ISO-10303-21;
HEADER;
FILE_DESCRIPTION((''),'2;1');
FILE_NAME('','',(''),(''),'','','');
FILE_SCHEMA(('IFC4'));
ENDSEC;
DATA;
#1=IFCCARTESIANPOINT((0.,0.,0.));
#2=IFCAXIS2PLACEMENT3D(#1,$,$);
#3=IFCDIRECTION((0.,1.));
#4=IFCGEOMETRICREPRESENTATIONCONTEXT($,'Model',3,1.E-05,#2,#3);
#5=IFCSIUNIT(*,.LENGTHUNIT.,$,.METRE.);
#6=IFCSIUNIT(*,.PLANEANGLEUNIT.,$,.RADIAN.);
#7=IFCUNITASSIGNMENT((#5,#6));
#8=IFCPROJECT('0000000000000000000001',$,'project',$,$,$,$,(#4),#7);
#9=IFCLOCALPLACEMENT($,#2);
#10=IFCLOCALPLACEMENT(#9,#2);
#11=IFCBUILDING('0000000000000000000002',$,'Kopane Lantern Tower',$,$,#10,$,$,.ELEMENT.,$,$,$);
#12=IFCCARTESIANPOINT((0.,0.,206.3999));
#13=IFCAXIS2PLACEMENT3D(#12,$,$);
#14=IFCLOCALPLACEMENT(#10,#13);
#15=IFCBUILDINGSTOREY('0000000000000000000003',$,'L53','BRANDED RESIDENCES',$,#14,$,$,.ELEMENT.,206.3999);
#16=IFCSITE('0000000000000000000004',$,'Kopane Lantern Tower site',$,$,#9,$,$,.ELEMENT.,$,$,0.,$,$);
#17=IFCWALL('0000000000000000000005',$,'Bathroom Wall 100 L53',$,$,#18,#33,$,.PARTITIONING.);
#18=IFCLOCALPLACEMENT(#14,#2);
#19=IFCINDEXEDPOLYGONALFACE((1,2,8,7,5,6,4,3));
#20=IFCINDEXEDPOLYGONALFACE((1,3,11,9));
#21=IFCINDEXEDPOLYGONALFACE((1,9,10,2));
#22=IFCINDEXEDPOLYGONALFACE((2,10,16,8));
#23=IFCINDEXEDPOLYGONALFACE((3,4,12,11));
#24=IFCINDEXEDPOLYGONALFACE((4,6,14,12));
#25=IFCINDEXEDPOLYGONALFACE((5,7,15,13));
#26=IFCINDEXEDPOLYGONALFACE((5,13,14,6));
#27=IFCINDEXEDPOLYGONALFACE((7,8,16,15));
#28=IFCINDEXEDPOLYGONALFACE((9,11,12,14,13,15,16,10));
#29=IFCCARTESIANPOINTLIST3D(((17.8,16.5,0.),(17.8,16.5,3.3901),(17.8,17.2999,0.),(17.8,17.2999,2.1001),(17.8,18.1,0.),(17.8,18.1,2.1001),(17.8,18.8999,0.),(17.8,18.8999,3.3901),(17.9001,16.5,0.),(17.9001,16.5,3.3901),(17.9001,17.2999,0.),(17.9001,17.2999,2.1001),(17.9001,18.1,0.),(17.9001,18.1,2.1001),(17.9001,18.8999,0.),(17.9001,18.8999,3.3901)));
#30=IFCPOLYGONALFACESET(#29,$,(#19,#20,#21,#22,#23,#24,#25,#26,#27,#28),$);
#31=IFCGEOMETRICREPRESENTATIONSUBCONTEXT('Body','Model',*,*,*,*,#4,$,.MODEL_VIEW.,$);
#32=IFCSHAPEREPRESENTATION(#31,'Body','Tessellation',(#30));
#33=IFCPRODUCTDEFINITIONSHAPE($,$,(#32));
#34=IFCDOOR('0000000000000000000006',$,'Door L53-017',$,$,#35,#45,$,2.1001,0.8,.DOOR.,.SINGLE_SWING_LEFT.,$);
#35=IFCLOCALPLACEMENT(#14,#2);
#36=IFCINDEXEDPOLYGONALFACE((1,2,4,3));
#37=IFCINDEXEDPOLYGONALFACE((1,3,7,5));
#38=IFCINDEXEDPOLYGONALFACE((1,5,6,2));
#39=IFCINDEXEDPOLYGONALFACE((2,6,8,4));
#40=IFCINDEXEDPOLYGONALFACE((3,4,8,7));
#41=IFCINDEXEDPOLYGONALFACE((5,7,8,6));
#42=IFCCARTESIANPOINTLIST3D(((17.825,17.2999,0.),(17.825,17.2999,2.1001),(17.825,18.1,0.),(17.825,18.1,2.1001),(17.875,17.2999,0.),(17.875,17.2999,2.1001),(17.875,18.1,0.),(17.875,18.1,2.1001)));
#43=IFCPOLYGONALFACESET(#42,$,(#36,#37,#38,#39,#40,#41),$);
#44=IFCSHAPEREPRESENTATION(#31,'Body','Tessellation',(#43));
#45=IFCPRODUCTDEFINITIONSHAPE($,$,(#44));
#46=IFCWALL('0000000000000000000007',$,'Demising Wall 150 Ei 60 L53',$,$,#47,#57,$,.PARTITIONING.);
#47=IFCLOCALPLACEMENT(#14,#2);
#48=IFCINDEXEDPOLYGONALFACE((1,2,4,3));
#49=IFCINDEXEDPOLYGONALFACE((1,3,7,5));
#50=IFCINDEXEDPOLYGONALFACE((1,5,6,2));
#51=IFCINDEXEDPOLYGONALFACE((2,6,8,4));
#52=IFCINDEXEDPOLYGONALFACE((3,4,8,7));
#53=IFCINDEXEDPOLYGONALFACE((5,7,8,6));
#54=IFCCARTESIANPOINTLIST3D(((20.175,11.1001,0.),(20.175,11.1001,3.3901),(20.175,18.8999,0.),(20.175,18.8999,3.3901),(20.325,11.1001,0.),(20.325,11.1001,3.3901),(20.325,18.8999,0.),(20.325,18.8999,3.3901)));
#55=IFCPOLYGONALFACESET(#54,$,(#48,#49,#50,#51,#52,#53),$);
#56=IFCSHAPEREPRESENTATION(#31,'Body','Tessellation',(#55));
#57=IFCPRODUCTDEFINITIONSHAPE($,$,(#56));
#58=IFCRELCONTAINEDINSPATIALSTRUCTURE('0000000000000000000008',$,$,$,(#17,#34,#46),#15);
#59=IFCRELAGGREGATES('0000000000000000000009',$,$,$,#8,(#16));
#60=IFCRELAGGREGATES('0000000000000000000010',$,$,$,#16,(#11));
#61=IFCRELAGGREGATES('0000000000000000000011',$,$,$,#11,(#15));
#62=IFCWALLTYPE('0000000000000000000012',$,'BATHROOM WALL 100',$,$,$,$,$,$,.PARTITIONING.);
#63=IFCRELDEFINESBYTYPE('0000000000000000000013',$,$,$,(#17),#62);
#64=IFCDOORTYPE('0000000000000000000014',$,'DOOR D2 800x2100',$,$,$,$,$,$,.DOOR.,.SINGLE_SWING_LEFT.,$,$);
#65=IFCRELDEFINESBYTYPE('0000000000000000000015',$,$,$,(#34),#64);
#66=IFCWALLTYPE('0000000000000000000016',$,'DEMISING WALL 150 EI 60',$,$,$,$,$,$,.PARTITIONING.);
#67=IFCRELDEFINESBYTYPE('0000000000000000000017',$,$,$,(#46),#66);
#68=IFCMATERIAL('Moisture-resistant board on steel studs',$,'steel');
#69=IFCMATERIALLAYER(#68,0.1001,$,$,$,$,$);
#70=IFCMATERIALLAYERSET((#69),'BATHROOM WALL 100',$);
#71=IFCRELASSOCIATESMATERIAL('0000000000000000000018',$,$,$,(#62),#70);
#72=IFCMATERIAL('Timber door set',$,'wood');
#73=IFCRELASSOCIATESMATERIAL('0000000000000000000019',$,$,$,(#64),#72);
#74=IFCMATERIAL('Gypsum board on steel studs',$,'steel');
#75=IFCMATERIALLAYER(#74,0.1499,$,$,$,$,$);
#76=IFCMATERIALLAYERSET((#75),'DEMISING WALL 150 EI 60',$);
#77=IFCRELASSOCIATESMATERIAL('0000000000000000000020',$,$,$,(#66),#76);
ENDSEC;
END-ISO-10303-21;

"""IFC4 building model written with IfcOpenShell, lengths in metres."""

from ifc_helpers import new_model, si_unit, direction, frame, frame_2d, origin, place, context, subcontext, project, spatial, rectangle, extrude, material, layer, layer_set, type_object, element, fill, save


model = new_model("IFC4")

# Units and contexts
model_context = context("Model", 3, precision=1e-05, world=origin(), true_north=direction((0.0, 1.0)))
body_context = subcontext(model_context, "Body", "Model", "MODEL_VIEW")
ifc_project = project(units=[si_unit("LENGTHUNIT", "METRE"), si_unit("PLANEANGLEUNIT", "RADIAN")], contexts=[model_context])

# Site, building, storey
site_placement = place(None, origin())
site = spatial("IfcSite", under=ifc_project, at=site_placement, Name="Kopane Lantern Tower site", CompositionType="ELEMENT", RefElevation=0.0)
building_placement = place(site_placement, origin())
building = spatial("IfcBuilding", under=site, at=building_placement, Name="Kopane Lantern Tower", CompositionType="ELEMENT")
storey_placement = place(building_placement, frame((0.0, 0.0, 206.3999)))
storey = spatial("IfcBuildingStorey", under=building, at=storey_placement, Name="L53", Description="BRANDED RESIDENCES", CompositionType="ELEMENT", Elevation=206.3999)

# Wall, opening, door
ifc_material_1 = material(Name="Moisture-resistant board on steel studs", Category="steel")
ifc_layer_1 = layer(ifc_material_1, 0.1001)
ifc_layer_set_1 = layer_set([ifc_layer_1], Name="BATHROOM WALL 100")
wall_type_1 = type_object("IfcWallType", Name="BATHROOM WALL 100", PredefinedType="PARTITIONING", material=ifc_layer_set_1)
wall_1_placement = place(storey_placement, frame((17.8501, 18.8999, 0.0), z_axis=(0.0, 0.0, 1.0), x_axis=(0.0, -1.0, 0.0)))
wall_1 = element("IfcWall", 1, at=wall_1_placement, inside=storey, type_object=wall_type_1, Name="Bathroom Wall 100 L53", PredefinedType="PARTITIONING", context=body_context, shape_type="SweptSolid", body=[
    extrude(rectangle(XDim=2.3999, YDim=0.1001, at=frame_2d((1.2, 0.0))), origin(), (0.0, 0.0, 1.0), 3.3901),
])
opening_placement = place(wall_1_placement, frame((0.8, 0.0, 0.0)))
opening = element("IfcOpeningElement", 2, at=opening_placement, cuts=wall_1, PredefinedType="OPENING", context=body_context, shape_type="SweptSolid", body=[
    extrude(rectangle(XDim=0.8, YDim=2.1001, at=frame_2d((0.3999, 1.05))), frame((0.0, 0.0601, 0.0), z_axis=(0.0, -1.0, 0.0), x_axis=(1.0, 0.0, 0.0)), (0.0, 0.0, 1.0), 0.1201),
])
ifc_material_2 = material(Name="Timber door set", Category="wood")
door_type = type_object("IfcDoorType", Name="DOOR D2 800x2100", OperationType="SINGLE_SWING_LEFT", PredefinedType="DOOR", material=ifc_material_2)
door_placement = place(opening_placement, origin())
door = element("IfcDoor", 3, at=door_placement, inside=storey, type_object=door_type, Name="Door L53-017", OperationType="SINGLE_SWING_LEFT", OverallHeight=2.1001, OverallWidth=0.8, PredefinedType="DOOR", context=body_context, shape_type="SweptSolid", body=[
    extrude(rectangle(XDim=0.8, YDim=2.1001, at=frame_2d((0.3999, 1.05))), frame((0.0, 0.0249, 0.0), z_axis=(0.0, -1.0, 0.0), x_axis=(1.0, 0.0, 0.0)), (0.0, 0.0, 1.0), 0.05),
])
fill(opening, door)

# Wall
ifc_material_3 = material(Name="Gypsum board on steel studs", Category="steel")
ifc_layer_2 = layer(ifc_material_3, 0.1499)
ifc_layer_set_2 = layer_set([ifc_layer_2], Name="DEMISING WALL 150 EI 60")
wall_type_2 = type_object("IfcWallType", Name="DEMISING WALL 150 EI 60", PredefinedType="PARTITIONING", material=ifc_layer_set_2)
wall_2_placement = place(storey_placement, frame((20.25, 18.8999, 0.0), z_axis=(0.0, 0.0, 1.0), x_axis=(0.0, -1.0, 0.0)))
element("IfcWall", 4, at=wall_2_placement, inside=storey, type_object=wall_type_2, Name="Demising Wall 150 Ei 60 L53", PredefinedType="PARTITIONING", context=body_context, shape_type="SweptSolid", body=[
    extrude(rectangle(XDim=7.7998, YDim=0.1499, at=frame_2d((3.8999, 0.0))), origin(), (0.0, 0.0, 1.0), 3.3901),
])

save(model, "model.ifc")
